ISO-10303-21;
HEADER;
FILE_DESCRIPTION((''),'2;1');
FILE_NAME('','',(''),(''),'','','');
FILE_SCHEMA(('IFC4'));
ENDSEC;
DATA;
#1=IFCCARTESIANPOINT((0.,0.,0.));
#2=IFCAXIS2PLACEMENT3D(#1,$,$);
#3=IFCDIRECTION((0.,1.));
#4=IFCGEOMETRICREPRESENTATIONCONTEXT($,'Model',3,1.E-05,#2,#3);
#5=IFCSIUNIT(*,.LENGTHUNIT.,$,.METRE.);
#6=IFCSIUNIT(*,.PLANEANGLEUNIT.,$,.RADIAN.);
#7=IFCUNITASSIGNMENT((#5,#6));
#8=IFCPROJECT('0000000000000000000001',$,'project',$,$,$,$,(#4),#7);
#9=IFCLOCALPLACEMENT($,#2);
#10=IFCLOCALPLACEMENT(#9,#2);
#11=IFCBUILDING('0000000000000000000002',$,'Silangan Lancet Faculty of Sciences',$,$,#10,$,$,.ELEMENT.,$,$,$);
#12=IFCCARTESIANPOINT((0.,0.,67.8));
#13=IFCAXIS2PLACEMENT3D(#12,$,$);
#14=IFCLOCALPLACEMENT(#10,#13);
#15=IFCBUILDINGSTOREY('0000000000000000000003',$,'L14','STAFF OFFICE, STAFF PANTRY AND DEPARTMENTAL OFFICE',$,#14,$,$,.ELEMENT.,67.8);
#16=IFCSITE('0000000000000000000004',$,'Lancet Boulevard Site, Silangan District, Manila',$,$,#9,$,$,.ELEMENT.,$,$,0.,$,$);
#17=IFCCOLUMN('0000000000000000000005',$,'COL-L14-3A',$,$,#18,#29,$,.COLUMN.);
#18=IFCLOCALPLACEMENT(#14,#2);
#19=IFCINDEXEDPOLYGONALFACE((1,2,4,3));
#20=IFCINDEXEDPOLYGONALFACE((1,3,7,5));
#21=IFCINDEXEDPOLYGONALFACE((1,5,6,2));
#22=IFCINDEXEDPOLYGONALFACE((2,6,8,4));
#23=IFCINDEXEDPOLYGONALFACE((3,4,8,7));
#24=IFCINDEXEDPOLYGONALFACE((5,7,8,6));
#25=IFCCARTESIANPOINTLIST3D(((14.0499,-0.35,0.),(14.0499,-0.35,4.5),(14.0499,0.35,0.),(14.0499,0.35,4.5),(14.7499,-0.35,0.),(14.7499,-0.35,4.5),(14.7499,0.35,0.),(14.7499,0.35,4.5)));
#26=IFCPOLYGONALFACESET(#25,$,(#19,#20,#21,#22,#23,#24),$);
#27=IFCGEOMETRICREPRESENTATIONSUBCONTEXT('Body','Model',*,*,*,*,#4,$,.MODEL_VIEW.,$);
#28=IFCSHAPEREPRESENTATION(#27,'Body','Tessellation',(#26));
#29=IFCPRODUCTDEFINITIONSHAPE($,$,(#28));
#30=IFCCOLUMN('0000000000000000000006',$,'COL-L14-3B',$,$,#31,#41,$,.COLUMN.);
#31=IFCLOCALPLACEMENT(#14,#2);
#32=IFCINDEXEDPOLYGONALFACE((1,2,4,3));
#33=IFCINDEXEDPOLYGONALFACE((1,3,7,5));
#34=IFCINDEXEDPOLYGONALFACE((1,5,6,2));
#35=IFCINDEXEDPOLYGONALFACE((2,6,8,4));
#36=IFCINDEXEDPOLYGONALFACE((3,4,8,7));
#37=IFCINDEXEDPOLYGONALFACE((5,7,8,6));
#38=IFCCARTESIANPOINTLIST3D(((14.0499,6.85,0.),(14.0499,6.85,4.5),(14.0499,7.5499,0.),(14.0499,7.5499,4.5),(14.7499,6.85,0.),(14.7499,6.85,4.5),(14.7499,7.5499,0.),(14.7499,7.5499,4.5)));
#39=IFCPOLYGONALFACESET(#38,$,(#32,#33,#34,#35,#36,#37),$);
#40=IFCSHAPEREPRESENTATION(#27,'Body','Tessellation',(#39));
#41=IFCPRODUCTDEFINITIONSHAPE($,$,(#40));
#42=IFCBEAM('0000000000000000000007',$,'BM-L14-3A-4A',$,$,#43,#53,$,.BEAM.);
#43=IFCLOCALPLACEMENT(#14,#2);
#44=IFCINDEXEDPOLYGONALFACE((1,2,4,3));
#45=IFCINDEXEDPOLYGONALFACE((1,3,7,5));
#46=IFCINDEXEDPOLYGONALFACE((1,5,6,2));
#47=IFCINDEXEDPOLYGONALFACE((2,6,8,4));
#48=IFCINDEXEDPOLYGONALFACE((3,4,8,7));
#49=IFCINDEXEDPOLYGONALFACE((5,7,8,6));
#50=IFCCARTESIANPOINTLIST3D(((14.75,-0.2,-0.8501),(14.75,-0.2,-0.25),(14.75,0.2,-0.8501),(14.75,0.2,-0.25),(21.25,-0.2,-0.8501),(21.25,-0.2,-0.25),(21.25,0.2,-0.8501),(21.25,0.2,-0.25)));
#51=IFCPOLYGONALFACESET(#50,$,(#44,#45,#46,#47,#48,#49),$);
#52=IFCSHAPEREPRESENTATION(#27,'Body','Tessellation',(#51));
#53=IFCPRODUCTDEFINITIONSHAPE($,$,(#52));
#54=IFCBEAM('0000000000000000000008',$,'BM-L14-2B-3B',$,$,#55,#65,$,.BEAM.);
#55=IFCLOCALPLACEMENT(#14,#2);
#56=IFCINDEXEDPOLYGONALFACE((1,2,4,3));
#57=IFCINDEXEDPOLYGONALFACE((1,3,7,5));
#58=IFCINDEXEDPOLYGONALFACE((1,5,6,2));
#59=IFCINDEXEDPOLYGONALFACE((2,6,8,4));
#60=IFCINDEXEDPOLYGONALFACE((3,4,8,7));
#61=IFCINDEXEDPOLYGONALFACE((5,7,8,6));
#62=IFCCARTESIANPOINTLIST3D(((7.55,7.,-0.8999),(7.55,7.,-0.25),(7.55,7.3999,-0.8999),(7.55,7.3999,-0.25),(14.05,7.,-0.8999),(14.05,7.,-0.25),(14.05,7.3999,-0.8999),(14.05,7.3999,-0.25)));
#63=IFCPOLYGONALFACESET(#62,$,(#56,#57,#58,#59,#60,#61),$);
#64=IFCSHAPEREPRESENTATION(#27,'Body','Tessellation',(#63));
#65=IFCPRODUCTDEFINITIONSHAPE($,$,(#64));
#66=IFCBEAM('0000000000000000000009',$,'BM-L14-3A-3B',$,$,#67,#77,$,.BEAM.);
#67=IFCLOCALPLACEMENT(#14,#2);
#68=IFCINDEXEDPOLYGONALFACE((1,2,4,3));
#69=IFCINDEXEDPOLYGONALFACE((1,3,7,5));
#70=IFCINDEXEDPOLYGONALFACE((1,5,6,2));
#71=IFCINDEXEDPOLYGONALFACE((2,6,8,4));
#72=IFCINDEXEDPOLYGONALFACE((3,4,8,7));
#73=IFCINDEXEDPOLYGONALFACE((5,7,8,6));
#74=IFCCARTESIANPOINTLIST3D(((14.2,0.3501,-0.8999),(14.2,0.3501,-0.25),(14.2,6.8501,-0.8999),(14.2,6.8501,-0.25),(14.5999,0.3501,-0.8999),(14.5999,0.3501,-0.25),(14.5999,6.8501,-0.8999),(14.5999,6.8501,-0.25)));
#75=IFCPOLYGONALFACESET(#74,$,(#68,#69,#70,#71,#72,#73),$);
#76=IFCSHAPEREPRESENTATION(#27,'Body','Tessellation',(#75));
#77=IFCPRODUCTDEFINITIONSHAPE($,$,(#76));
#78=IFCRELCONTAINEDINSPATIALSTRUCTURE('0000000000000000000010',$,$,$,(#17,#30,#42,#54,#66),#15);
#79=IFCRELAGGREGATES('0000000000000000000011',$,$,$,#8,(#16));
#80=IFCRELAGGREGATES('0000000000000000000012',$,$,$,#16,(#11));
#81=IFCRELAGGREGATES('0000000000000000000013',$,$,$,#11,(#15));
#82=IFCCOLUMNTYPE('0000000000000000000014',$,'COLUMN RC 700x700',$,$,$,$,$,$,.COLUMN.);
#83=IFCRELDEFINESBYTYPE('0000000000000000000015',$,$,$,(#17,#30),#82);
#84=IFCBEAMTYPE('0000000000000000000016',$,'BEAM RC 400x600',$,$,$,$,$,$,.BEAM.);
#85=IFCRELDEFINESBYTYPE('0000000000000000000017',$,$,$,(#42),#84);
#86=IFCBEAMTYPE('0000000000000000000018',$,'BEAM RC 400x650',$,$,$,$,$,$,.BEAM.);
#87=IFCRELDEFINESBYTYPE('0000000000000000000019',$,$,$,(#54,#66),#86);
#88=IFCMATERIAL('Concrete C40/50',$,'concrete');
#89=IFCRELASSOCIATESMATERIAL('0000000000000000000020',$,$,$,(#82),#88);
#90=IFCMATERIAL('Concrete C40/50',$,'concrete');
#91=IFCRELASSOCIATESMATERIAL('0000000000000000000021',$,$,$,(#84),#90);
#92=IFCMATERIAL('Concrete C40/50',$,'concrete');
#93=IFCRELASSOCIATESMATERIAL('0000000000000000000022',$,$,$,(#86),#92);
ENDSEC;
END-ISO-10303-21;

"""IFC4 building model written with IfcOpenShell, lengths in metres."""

from ifc_helpers import new_model, si_unit, direction, frame, origin, origin_2d, place, context, subcontext, project, spatial, rectangle, extrude, material, material_profile, profile_set, type_object, element, save


model = new_model("IFC4")

# Units and contexts
model_context = context("Model", 3, precision=1e-05, world=origin(), true_north=direction((0.0, 1.0)))
body_context = subcontext(model_context, "Body", "Model", "MODEL_VIEW")
ifc_project = project(units=[si_unit("LENGTHUNIT", "METRE"), si_unit("PLANEANGLEUNIT", "RADIAN")], contexts=[model_context])

# Site, building, storey
site_placement = place(None, origin())
site = spatial("IfcSite", under=ifc_project, at=site_placement, Name="Lancet Boulevard Site, Silangan District, Manila", CompositionType="ELEMENT", RefElevation=0.0)
building_placement = place(site_placement, origin())
building = spatial("IfcBuilding", under=site, at=building_placement, Name="Silangan Lancet Faculty of Sciences", CompositionType="ELEMENT")
storey_placement = place(building_placement, frame((0.0, 0.0, 67.8)))
storey = spatial("IfcBuildingStorey", under=building, at=storey_placement, Name="L14", Description="STAFF OFFICE, STAFF PANTRY AND DEPARTMENTAL OFFICE", CompositionType="ELEMENT", Elevation=67.8)

# Columns
ifc_material_1 = material(Name="Concrete C40/50", Category="concrete")
ifc_material_profile_1 = material_profile(ifc_material_1, rectangle(XDim=0.7, YDim=0.7, at=origin_2d()), Name="RC 700x700")
ifc_profile_set_1 = profile_set([ifc_material_profile_1], Name="Concrete C40/50")
column_type = type_object("IfcColumnType", Name="COLUMN RC 700x700", PredefinedType="COLUMN", material=ifc_profile_set_1)
for number, where, z_axis, x_axis, name in (
    (1, (14.3999, 0.0, 0.0), (0.0, 0.0, 1.0), (1.0, 0.0, 0.0), "COL-L14-3A"),
    (2, (14.3999, 7.2, 0.0), (0.0, 0.0, 1.0), (1.0, 0.0, 0.0), "COL-L14-3B"),
):
    element("IfcColumn", number, at=place(storey_placement, frame(where, z_axis=z_axis, x_axis=x_axis)), inside=storey, type_object=column_type, Name=name, PredefinedType="COLUMN", context=body_context, shape_type="SweptSolid", body=[
        extrude(rectangle(XDim=0.7, YDim=0.7, at=origin_2d()), origin(), (0.0, 0.0, 1.0), 4.5),
    ])

# Beams
ifc_material_2 = material(Name="Concrete C40/50", Category="concrete")
ifc_material_profile_2 = material_profile(ifc_material_2, rectangle(XDim=0.3999, YDim=0.6001, at=origin_2d()), Name="RC 400x600")
ifc_profile_set_2 = profile_set([ifc_material_profile_2], Name="Concrete C40/50")
beam_type_1 = type_object("IfcBeamType", Name="BEAM RC 400x600", PredefinedType="BEAM", material=ifc_profile_set_2)
beam_placement = place(storey_placement, frame((14.75, 0.0, -0.55), z_axis=(1.0, 0.0, 0.0), x_axis=(0.0, 1.0, 0.0)))
element("IfcBeam", 3, at=beam_placement, inside=storey, type_object=beam_type_1, Name="BM-L14-3A-4A", PredefinedType="BEAM", context=body_context, shape_type="SweptSolid", body=[
    extrude(rectangle(XDim=0.3999, YDim=0.6001, at=origin_2d()), origin(), (0.0, 0.0, 1.0), 6.5),
])
ifc_material_3 = material(Name="Concrete C40/50", Category="concrete")
ifc_material_profile_3 = material_profile(ifc_material_3, rectangle(XDim=0.3999, YDim=0.6499, at=origin_2d()), Name="RC 400x650")
ifc_profile_set_3 = profile_set([ifc_material_profile_3], Name="Concrete C40/50")
beam_type_2 = type_object("IfcBeamType", Name="BEAM RC 400x650", PredefinedType="BEAM", material=ifc_profile_set_3)
for number, where, z_axis, x_axis, name in (
    (4, (7.55, 7.2, -0.575), (1.0, 0.0, 0.0), (0.0, 1.0, 0.0), "BM-L14-2B-3B"),
    (5, (14.3999, 0.3501, -0.575), (0.0, 1.0, 0.0), (-1.0, 0.0, 0.0), "BM-L14-3A-3B"),
):
    element("IfcBeam", number, at=place(storey_placement, frame(where, z_axis=z_axis, x_axis=x_axis)), inside=storey, type_object=beam_type_2, Name=name, PredefinedType="BEAM", context=body_context, shape_type="SweptSolid", body=[
        extrude(rectangle(XDim=0.3999, YDim=0.6499, at=origin_2d()), origin(), (0.0, 0.0, 1.0), 6.5),
    ])

save(model, "model.ifc")
